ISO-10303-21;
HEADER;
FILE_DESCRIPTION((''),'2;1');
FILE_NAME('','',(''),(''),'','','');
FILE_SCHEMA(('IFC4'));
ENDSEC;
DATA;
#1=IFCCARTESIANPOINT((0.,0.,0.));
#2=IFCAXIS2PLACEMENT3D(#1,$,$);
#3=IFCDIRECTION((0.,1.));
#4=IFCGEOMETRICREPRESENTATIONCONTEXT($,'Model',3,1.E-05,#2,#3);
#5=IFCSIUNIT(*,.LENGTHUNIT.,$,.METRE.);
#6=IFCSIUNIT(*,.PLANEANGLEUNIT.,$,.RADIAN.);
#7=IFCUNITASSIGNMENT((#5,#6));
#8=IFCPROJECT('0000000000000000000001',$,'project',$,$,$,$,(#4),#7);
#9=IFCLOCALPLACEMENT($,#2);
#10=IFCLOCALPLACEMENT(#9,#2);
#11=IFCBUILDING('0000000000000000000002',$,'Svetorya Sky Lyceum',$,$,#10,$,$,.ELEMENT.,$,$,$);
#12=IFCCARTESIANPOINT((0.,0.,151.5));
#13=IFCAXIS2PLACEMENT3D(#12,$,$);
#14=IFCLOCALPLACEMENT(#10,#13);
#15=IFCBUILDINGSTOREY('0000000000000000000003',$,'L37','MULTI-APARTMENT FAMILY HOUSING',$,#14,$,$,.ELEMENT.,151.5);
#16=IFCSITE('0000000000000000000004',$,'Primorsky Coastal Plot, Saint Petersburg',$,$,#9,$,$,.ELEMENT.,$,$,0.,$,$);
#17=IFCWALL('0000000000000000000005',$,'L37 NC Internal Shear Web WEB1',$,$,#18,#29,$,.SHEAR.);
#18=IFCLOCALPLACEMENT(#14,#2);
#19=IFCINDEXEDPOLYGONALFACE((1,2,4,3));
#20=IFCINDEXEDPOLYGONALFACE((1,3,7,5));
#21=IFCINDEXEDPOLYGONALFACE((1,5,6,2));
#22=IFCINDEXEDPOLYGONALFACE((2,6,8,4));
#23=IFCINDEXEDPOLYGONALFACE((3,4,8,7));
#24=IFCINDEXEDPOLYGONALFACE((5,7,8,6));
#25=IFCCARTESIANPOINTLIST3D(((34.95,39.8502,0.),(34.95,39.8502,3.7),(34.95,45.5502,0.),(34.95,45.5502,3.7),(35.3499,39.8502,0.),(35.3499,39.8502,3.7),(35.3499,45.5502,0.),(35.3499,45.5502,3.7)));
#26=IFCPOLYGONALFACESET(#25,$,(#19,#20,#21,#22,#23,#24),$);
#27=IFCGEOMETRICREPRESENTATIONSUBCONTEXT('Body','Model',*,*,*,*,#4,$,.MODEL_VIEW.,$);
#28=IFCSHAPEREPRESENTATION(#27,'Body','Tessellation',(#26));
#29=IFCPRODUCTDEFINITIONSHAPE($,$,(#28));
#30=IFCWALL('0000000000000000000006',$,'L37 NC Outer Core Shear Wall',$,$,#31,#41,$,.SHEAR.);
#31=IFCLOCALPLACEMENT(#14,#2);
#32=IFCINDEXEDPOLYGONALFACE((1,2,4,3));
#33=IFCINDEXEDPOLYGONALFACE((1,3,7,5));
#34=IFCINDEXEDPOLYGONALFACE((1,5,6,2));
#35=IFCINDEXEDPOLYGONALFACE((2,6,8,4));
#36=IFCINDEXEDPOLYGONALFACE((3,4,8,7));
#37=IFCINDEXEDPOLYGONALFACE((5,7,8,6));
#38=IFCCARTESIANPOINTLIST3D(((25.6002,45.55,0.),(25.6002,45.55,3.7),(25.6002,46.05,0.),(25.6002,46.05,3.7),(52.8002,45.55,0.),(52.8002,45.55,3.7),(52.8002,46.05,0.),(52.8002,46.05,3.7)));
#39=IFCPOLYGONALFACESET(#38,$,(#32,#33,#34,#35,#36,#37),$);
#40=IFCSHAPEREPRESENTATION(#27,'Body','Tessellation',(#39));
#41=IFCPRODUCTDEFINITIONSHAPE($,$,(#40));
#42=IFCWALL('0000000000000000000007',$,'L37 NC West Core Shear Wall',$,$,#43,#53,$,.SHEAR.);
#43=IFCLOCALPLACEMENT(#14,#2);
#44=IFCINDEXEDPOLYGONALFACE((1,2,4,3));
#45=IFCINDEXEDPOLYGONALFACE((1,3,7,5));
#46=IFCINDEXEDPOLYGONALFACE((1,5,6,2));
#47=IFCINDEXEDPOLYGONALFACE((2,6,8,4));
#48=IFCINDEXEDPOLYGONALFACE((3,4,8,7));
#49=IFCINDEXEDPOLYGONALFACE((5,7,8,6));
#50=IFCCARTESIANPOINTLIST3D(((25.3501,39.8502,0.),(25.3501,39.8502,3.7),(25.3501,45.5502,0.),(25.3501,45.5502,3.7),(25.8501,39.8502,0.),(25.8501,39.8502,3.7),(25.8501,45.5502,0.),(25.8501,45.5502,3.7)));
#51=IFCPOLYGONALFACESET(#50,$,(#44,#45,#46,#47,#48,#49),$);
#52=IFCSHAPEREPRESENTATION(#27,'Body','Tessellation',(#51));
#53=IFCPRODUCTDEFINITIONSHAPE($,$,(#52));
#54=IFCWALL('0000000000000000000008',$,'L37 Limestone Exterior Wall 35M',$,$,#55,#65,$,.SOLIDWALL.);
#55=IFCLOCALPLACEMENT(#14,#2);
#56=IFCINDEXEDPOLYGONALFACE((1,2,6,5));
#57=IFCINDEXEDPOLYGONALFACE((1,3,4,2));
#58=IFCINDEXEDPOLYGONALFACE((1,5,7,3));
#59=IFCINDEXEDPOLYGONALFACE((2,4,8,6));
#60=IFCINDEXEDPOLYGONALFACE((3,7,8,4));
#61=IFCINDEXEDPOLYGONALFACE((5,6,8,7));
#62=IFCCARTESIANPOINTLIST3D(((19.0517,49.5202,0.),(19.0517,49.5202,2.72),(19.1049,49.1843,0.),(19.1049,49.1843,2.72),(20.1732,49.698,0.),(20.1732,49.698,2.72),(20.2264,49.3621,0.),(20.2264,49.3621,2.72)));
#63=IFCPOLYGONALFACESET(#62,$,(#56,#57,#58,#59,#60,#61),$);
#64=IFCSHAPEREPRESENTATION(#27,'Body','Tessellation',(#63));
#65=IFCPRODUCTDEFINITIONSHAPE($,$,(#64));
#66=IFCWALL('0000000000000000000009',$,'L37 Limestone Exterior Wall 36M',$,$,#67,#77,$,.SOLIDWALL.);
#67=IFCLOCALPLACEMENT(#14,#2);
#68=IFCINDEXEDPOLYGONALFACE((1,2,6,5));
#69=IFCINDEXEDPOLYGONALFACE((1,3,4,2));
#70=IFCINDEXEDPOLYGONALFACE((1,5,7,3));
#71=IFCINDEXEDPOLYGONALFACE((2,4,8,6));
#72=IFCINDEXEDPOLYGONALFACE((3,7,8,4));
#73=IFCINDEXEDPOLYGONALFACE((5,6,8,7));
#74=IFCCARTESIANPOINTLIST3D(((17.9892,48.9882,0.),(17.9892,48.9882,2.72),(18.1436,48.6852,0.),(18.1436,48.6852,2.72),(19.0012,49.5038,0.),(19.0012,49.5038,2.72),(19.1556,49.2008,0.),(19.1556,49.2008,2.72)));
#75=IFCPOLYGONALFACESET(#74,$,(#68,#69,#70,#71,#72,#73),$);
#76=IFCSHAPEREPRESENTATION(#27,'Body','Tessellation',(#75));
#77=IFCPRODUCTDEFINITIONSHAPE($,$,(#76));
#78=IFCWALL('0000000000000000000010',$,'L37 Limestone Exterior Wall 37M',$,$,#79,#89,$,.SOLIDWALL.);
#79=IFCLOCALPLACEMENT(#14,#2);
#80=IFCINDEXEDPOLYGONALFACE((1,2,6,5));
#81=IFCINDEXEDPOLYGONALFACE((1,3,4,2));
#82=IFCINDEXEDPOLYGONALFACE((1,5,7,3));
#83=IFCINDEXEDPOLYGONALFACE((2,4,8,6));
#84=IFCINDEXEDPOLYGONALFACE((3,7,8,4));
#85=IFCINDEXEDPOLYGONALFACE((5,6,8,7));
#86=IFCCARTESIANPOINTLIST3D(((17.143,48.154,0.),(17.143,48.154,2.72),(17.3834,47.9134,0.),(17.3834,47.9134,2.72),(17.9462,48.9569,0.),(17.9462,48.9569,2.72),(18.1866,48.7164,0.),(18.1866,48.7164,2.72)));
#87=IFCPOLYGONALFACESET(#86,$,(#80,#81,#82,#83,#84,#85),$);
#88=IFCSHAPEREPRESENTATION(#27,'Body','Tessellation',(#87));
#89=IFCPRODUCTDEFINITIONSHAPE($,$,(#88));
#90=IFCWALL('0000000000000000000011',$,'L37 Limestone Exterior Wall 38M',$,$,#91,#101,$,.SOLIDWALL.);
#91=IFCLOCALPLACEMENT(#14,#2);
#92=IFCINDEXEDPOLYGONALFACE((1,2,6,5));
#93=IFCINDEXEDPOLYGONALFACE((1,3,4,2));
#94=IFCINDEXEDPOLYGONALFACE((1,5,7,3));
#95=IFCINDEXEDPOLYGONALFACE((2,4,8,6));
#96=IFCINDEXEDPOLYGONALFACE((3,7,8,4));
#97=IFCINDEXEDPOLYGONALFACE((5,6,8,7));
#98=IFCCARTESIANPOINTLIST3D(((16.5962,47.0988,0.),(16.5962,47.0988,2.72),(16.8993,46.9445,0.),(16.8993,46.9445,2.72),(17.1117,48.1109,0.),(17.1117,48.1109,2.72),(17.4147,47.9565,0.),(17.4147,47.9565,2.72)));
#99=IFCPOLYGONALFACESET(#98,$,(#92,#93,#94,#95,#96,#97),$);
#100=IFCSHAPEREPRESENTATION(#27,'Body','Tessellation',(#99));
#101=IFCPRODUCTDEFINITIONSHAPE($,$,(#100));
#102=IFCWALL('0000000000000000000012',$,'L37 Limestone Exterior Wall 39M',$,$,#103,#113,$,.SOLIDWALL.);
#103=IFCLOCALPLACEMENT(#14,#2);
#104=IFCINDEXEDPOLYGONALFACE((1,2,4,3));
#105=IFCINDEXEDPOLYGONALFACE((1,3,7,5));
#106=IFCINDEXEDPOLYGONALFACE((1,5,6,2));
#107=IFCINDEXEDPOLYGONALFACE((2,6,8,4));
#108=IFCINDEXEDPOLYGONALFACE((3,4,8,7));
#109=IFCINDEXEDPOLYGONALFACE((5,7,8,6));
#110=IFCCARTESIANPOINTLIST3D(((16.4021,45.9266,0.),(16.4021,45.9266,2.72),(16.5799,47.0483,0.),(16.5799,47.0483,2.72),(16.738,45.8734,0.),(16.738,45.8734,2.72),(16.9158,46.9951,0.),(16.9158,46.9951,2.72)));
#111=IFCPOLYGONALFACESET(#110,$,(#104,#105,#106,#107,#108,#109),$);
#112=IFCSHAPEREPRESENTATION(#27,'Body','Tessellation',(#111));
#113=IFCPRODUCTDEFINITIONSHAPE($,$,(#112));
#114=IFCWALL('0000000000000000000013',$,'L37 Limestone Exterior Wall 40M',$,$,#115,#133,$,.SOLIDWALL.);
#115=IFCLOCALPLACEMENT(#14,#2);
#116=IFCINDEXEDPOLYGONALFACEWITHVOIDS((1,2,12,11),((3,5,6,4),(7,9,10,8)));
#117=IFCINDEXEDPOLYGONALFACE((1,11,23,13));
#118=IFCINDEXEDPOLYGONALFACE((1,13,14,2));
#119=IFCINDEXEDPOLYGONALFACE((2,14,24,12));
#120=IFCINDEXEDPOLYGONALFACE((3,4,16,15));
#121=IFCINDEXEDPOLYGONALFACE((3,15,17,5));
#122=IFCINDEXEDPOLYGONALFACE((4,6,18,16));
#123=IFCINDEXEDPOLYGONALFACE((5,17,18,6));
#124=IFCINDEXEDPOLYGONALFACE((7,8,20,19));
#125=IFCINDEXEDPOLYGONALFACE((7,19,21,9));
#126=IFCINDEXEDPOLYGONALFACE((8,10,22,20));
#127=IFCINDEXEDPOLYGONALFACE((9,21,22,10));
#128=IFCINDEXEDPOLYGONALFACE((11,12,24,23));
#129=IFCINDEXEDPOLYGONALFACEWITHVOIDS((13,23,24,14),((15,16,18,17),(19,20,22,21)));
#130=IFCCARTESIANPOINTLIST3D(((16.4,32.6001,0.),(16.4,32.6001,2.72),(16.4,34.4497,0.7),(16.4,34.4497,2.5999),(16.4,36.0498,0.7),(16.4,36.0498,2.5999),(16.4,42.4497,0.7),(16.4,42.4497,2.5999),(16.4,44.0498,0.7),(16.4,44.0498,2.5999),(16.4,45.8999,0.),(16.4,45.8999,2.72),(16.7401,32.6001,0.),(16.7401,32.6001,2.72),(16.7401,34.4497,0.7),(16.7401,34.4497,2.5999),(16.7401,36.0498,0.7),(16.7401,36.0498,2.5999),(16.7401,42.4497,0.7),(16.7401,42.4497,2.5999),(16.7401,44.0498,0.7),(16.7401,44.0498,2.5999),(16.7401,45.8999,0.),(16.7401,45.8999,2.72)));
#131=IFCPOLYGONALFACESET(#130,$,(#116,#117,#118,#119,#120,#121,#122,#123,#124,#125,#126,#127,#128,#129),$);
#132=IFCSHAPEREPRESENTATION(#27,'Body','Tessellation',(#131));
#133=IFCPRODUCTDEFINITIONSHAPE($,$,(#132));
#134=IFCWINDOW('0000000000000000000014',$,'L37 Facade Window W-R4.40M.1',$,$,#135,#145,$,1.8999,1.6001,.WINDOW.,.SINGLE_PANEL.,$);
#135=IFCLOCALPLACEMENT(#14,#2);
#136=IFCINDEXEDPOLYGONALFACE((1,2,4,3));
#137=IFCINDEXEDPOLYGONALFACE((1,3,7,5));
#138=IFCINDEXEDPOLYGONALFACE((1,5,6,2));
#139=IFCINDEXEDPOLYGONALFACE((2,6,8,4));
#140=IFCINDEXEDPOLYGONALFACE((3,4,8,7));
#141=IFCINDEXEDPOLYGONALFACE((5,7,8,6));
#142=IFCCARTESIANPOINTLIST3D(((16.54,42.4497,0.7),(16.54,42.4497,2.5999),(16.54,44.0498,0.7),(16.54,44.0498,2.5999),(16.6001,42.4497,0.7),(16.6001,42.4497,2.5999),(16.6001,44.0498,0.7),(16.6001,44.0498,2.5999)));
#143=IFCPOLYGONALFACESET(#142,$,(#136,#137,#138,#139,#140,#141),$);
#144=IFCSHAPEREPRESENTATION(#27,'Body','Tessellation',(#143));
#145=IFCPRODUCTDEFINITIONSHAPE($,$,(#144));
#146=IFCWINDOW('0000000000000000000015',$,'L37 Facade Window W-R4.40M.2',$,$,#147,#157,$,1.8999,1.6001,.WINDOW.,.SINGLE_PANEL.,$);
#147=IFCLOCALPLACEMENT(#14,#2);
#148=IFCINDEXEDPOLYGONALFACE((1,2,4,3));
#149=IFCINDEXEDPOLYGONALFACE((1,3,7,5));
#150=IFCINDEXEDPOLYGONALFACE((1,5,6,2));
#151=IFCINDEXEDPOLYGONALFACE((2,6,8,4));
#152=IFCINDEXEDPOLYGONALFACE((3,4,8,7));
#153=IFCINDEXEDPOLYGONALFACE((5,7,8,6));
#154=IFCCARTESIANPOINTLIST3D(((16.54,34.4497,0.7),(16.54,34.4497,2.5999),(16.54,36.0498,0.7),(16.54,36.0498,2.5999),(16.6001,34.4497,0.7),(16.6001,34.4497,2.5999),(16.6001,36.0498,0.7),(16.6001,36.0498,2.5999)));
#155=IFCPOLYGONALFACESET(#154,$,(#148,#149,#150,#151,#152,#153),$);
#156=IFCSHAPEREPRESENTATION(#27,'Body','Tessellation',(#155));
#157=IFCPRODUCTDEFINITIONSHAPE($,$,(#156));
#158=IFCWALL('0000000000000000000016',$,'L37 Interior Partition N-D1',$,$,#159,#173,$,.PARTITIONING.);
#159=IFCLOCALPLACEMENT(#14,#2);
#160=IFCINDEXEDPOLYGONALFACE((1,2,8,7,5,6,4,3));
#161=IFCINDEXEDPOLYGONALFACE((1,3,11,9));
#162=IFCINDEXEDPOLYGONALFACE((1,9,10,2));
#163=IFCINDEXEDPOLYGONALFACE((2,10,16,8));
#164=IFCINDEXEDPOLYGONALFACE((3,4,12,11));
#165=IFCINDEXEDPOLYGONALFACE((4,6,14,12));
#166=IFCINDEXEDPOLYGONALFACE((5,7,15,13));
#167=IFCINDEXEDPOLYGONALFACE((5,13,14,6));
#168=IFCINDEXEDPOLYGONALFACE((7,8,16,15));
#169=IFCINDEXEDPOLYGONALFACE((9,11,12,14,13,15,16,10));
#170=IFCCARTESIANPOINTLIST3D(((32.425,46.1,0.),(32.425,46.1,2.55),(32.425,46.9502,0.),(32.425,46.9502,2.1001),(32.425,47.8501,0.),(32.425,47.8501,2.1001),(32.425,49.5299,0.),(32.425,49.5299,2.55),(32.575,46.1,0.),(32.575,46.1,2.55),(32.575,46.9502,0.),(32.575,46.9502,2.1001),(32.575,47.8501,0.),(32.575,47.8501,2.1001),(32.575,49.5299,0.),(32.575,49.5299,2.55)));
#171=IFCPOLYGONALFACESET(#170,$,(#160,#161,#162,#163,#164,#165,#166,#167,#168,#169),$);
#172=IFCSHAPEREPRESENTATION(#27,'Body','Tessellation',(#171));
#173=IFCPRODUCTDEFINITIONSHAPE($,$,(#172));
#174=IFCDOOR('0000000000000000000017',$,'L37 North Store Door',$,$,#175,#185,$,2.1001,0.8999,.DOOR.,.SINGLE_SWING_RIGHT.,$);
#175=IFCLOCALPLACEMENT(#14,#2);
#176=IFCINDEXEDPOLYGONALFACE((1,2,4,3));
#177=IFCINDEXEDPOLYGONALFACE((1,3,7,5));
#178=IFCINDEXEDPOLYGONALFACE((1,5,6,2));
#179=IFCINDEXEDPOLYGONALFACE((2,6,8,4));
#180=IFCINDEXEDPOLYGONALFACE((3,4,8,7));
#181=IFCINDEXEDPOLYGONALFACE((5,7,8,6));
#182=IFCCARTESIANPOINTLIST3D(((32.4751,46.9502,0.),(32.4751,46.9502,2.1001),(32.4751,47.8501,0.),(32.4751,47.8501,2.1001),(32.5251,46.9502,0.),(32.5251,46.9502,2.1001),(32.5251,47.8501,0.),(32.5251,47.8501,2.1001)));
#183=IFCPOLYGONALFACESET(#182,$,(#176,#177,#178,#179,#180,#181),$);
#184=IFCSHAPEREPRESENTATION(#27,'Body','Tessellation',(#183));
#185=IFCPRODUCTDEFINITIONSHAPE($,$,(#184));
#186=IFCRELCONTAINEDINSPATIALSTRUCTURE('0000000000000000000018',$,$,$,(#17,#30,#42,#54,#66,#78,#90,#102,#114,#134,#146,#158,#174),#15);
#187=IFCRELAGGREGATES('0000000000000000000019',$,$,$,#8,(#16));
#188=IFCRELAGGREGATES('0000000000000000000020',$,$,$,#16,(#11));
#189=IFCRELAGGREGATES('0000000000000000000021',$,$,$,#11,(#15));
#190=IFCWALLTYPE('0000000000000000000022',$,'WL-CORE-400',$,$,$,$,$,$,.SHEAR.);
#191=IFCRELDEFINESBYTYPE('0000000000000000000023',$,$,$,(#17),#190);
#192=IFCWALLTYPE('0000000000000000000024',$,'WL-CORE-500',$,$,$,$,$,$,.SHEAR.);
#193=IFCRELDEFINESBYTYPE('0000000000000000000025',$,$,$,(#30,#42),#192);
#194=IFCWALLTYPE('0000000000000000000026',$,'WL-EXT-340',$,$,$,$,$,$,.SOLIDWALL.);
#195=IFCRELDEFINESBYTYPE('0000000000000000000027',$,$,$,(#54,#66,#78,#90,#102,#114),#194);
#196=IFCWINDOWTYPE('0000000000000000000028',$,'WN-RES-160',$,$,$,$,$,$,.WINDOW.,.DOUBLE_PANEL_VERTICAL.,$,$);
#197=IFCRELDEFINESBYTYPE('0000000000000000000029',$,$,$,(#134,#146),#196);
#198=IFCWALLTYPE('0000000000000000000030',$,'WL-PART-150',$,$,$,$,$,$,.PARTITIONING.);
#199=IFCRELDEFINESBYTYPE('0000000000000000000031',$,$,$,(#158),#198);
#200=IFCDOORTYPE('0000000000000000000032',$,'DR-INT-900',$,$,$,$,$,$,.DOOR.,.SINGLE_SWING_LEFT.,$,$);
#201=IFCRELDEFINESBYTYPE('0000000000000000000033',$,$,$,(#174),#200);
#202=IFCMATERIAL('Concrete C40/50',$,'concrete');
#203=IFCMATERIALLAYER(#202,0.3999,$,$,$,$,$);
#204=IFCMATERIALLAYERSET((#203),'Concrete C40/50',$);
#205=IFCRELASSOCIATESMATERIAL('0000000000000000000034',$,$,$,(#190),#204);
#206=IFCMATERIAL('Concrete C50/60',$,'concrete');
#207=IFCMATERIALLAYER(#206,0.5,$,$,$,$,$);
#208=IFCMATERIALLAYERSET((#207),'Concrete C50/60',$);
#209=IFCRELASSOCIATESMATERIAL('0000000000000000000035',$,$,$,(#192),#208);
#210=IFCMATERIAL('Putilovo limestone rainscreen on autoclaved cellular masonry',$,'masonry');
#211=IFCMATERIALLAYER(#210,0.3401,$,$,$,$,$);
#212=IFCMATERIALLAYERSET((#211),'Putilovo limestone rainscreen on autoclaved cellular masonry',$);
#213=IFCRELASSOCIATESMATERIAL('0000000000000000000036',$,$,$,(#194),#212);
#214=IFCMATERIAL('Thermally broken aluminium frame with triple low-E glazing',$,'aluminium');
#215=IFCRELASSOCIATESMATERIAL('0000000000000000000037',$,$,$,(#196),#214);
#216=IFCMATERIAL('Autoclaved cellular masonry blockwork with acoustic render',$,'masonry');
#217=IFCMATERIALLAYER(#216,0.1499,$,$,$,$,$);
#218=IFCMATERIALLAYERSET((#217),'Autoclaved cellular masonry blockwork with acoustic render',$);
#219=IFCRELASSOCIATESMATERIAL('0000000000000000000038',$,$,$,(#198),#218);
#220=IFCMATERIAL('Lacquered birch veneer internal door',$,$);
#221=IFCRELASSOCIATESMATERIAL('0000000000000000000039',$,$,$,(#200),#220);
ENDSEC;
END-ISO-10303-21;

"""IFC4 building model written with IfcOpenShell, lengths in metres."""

from ifc_helpers import new_model, si_unit, direction, frame, frame_2d, origin, place, context, subcontext, project, spatial, rectangle, extrude, material, layer, layer_set, type_object, element, fill, save


model = new_model("IFC4")

# Units and contexts
model_context = context("Model", 3, precision=1e-05, world=origin(), true_north=direction((0.0, 1.0)))
body_context = subcontext(model_context, "Body", "Model", "MODEL_VIEW")
ifc_project = project(units=[si_unit("LENGTHUNIT", "METRE"), si_unit("PLANEANGLEUNIT", "RADIAN")], contexts=[model_context])

# Site, building, storey
site_placement = place(None, origin())
site = spatial("IfcSite", under=ifc_project, at=site_placement, Name="Primorsky Coastal Plot, Saint Petersburg", CompositionType="ELEMENT", RefElevation=0.0)
building_placement = place(site_placement, origin())
building = spatial("IfcBuilding", under=site, at=building_placement, Name="Svetorya Sky Lyceum", CompositionType="ELEMENT")
storey_placement = place(building_placement, frame((0.0, 0.0, 151.5)))
storey = spatial("IfcBuildingStorey", under=building, at=storey_placement, Name="L37", Description="MULTI-APARTMENT FAMILY HOUSING", CompositionType="ELEMENT", Elevation=151.5)

# Shared definitions
ifc_material_1 = material(Name="Concrete C50/60", Category="concrete")

# Walls
ifc_material_2 = material(Name="Concrete C40/50", Category="concrete")
ifc_layer_1 = layer(ifc_material_2, 0.3999)
ifc_layer_set_1 = layer_set([ifc_layer_1], Name="Concrete C40/50")
wall_type_1 = type_object("IfcWallType", Name="WL-CORE-400", PredefinedType="SHEAR", material=ifc_layer_set_1)
wall_1_placement = place(storey_placement, frame((35.1499, 39.8501, 0.0), z_axis=(0.0, 0.0, 1.0), x_axis=(0.0, 1.0, 0.0)))
element("IfcWall", 1, at=wall_1_placement, inside=storey, type_object=wall_type_1, Name="L37 NC Internal Shear Web WEB1", PredefinedType="SHEAR", context=body_context, shape_type="SweptSolid", body=[
    extrude(rectangle(XDim=5.7, YDim=0.3999, at=frame_2d((2.8501, 0.0))), origin(), (0.0, 0.0, 1.0), 3.7),
])
ifc_layer_2 = layer(ifc_material_1, 0.5)
ifc_layer_set_2 = layer_set([ifc_layer_2], Name="Concrete C50/60")
wall_type_2 = type_object("IfcWallType", Name="WL-CORE-500", PredefinedType="SHEAR", material=ifc_layer_set_2)
wall_2_placement = place(storey_placement, frame((25.6001, 45.8, 0.0), z_axis=(0.0, 0.0, 1.0), x_axis=(1.0, 0.0, 0.0)))
element("IfcWall", 2, at=wall_2_placement, inside=storey, type_object=wall_type_2, Name="L37 NC Outer Core Shear Wall", PredefinedType="SHEAR", context=body_context, shape_type="SweptSolid", body=[
    extrude(rectangle(XDim=27.2, YDim=0.5, at=frame_2d((13.6001, 0.0))), origin(), (0.0, 0.0, 1.0), 3.7),
])
wall_3_placement = place(storey_placement, frame((25.6001, 39.8501, 0.0), z_axis=(0.0, 0.0, 1.0), x_axis=(0.0, 1.0, 0.0)))
element("IfcWall", 3, at=wall_3_placement, inside=storey, type_object=wall_type_2, Name="L37 NC West Core Shear Wall", PredefinedType="SHEAR", context=body_context, shape_type="SweptSolid", body=[
    extrude(rectangle(XDim=5.7, YDim=0.5, at=frame_2d((2.8501, 0.0))), origin(), (0.0, 0.0, 1.0), 3.7),
])
ifc_material_3 = material(Name="Putilovo limestone rainscreen on autoclaved cellular masonry", Category="masonry")
ifc_layer_3 = layer(ifc_material_3, 0.3401)
ifc_layer_set_3 = layer_set([ifc_layer_3], Name="Putilovo limestone rainscreen on autoclaved cellular masonry")
wall_type_3 = type_object("IfcWallType", Name="WL-EXT-340", PredefinedType="SOLIDWALL", material=ifc_layer_set_3)
wall_4_placement = place(storey_placement, frame((20.2, 49.53, 0.0), z_axis=(0.0, 0.0, 1.0), x_axis=(-0.987676, -0.156515, 0.0)))
element("IfcWall", 4, at=wall_4_placement, inside=storey, type_object=wall_type_3, Name="L37 Limestone Exterior Wall 35M", PredefinedType="SOLIDWALL", context=body_context, shape_type="SweptSolid", body=[
    extrude(rectangle(XDim=1.1355, YDim=0.3401, at=frame_2d((0.5679, 0.0))), origin(), (0.0, 0.0, 1.0), 2.72),
])
for number, where, z_axis, x_axis, name in (
    (5, (19.0784, 49.3523, 0.0), (0.0, 0.0, 1.0), (-0.891005, -0.453993, 0.0), "L37 Limestone Exterior Wall 36M"),
    (6, (18.0664, 48.8367, 0.0), (0.0, 0.0, 1.0), (-0.707214, -0.706999, 0.0), "L37 Limestone Exterior Wall 37M"),
    (7, (17.2632, 48.0337, 0.0), (0.0, 0.0, 1.0), (-0.453823, -0.891092, 0.0), "L37 Limestone Exterior Wall 38M"),
    (8, (16.7478, 47.0217, 0.0), (0.0, 0.0, 1.0), (-0.156481, -0.987681, 0.0), "L37 Limestone Exterior Wall 39M"),
):
    element("IfcWall", number, at=place(storey_placement, frame(where, z_axis=z_axis, x_axis=x_axis)), inside=storey, type_object=wall_type_3, Name=name, PredefinedType="SOLIDWALL", context=body_context, shape_type="SweptSolid", body=[
        extrude(rectangle(XDim=1.1357, YDim=0.3401, at=frame_2d((0.5679, 0.0))), origin(), (0.0, 0.0, 1.0), 2.72),
    ])

# Wall, openings, windows
wall_5_placement = place(storey_placement, frame((16.5701, 45.8999, 0.0), z_axis=(0.0, 0.0, 1.0), x_axis=(0.0, -1.0, 0.0)))
wall_5 = element("IfcWall", 9, at=wall_5_placement, inside=storey, type_object=wall_type_3, Name="L37 Limestone Exterior Wall 40M", PredefinedType="SOLIDWALL", context=body_context, shape_type="SweptSolid", body=[
    extrude(rectangle(XDim=13.2998, YDim=0.3401, at=frame_2d((6.6499, 0.0))), origin(), (0.0, 0.0, 1.0), 2.72),
])
opening_1_placement = place(wall_5_placement, frame((1.8501, 0.0, 0.7)))
opening_1 = element("IfcOpeningElement", 10, at=opening_1_placement, cuts=wall_5, PredefinedType="OPENING", context=body_context, shape_type="SweptSolid", body=[
    extrude(rectangle(XDim=1.6001, YDim=1.8999, at=frame_2d((0.8, 0.95))), frame((0.0, 0.1799, 0.0), z_axis=(0.0, -1.0, 0.0), x_axis=(1.0, 0.0, 0.0)), (0.0, 0.0, 1.0), 0.3601),
])
opening_2_placement = place(wall_5_placement, frame((9.8501, 0.0, 0.7)))
opening_2 = element("IfcOpeningElement", 11, at=opening_2_placement, cuts=wall_5, PredefinedType="OPENING", context=body_context, shape_type="SweptSolid", body=[
    extrude(rectangle(XDim=1.6001, YDim=1.8999, at=frame_2d((0.8, 0.95))), frame((0.0, 0.1799, 0.0), z_axis=(0.0, -1.0, 0.0), x_axis=(1.0, 0.0, 0.0)), (0.0, 0.0, 1.0), 0.3601),
])
ifc_material_4 = material(Name="Thermally broken aluminium frame with triple low-E glazing", Category="aluminium")
window_type = type_object("IfcWindowType", Name="WN-RES-160", PartitioningType="DOUBLE_PANEL_VERTICAL", PredefinedType="WINDOW", material=ifc_material_4)
window_1_placement = place(opening_1_placement, origin())
window_1 = element("IfcWindow", 12, at=window_1_placement, inside=storey, type_object=window_type, Name="L37 Facade Window W-R4.40M.1", OverallHeight=1.8999, OverallWidth=1.6001, PartitioningType="SINGLE_PANEL", PredefinedType="WINDOW", context=body_context, shape_type="SweptSolid", body=[
    extrude(rectangle(XDim=1.6001, YDim=1.8999, at=frame_2d((0.8, 0.95))), frame((0.0, 0.03, 0.0), z_axis=(0.0, -1.0, 0.0), x_axis=(1.0, 0.0, 0.0)), (0.0, 0.0, 1.0), 0.0601),
])
fill(opening_1, window_1)
window_2_placement = place(opening_2_placement, origin())
window_2 = element("IfcWindow", 13, at=window_2_placement, inside=storey, type_object=window_type, Name="L37 Facade Window W-R4.40M.2", OverallHeight=1.8999, OverallWidth=1.6001, PartitioningType="SINGLE_PANEL", PredefinedType="WINDOW", context=body_context, shape_type="SweptSolid", body=[
    extrude(rectangle(XDim=1.6001, YDim=1.8999, at=frame_2d((0.8, 0.95))), frame((0.0, 0.03, 0.0), z_axis=(0.0, -1.0, 0.0), x_axis=(1.0, 0.0, 0.0)), (0.0, 0.0, 1.0), 0.0601),
])
fill(opening_2, window_2)

# Wall, opening, door
ifc_material_5 = material(Name="Autoclaved cellular masonry blockwork with acoustic render", Category="masonry")
ifc_layer_4 = layer(ifc_material_5, 0.1499)
ifc_layer_set_4 = layer_set([ifc_layer_4], Name="Autoclaved cellular masonry blockwork with acoustic render")
wall_type_4 = type_object("IfcWallType", Name="WL-PART-150", PredefinedType="PARTITIONING", material=ifc_layer_set_4)
wall_6_placement = place(storey_placement, frame((32.5, 46.1001, 0.0), z_axis=(0.0, 0.0, 1.0), x_axis=(0.0, 1.0, 0.0)))
wall_6 = element("IfcWall", 14, at=wall_6_placement, inside=storey, type_object=wall_type_4, Name="L37 Interior Partition N-D1", PredefinedType="PARTITIONING", context=body_context, shape_type="SweptSolid", body=[
    extrude(rectangle(XDim=3.4299, YDim=0.1499, at=frame_2d((1.7148, 0.0))), origin(), (0.0, 0.0, 1.0), 2.55),
])
opening_3_placement = place(wall_6_placement, frame((0.8501, 0.0, 0.0)))
opening_3 = element("IfcOpeningElement", 15, at=opening_3_placement, cuts=wall_6, PredefinedType="OPENING", context=body_context, shape_type="SweptSolid", body=[
    extrude(rectangle(XDim=0.8999, YDim=2.1001, at=frame_2d((0.45, 1.05))), frame((0.0, 0.085, 0.0), z_axis=(0.0, -1.0, 0.0), x_axis=(1.0, 0.0, 0.0)), (0.0, 0.0, 1.0), 0.1699),
])
ifc_material_6 = material(Name="Lacquered birch veneer internal door")
door_type = type_object("IfcDoorType", Name="DR-INT-900", OperationType="SINGLE_SWING_LEFT", PredefinedType="DOOR", material=ifc_material_6)
door_1_placement = place(opening_3_placement, origin())
door_1 = element("IfcDoor", 16, at=door_1_placement, inside=storey, type_object=door_type, Name="L37 North Store Door", OperationType="SINGLE_SWING_RIGHT", OverallHeight=2.1001, OverallWidth=0.8999, PredefinedType="DOOR", context=body_context, shape_type="SweptSolid", body=[
    extrude(rectangle(XDim=0.8999, YDim=2.1001, at=frame_2d((0.45, 1.05))), frame((0.0, 0.0249, 0.0), z_axis=(0.0, -1.0, 0.0), x_axis=(1.0, 0.0, 0.0)), (0.0, 0.0, 1.0), 0.05),
])
fill(opening_3, door_1)

save(model, "model.ifc")
